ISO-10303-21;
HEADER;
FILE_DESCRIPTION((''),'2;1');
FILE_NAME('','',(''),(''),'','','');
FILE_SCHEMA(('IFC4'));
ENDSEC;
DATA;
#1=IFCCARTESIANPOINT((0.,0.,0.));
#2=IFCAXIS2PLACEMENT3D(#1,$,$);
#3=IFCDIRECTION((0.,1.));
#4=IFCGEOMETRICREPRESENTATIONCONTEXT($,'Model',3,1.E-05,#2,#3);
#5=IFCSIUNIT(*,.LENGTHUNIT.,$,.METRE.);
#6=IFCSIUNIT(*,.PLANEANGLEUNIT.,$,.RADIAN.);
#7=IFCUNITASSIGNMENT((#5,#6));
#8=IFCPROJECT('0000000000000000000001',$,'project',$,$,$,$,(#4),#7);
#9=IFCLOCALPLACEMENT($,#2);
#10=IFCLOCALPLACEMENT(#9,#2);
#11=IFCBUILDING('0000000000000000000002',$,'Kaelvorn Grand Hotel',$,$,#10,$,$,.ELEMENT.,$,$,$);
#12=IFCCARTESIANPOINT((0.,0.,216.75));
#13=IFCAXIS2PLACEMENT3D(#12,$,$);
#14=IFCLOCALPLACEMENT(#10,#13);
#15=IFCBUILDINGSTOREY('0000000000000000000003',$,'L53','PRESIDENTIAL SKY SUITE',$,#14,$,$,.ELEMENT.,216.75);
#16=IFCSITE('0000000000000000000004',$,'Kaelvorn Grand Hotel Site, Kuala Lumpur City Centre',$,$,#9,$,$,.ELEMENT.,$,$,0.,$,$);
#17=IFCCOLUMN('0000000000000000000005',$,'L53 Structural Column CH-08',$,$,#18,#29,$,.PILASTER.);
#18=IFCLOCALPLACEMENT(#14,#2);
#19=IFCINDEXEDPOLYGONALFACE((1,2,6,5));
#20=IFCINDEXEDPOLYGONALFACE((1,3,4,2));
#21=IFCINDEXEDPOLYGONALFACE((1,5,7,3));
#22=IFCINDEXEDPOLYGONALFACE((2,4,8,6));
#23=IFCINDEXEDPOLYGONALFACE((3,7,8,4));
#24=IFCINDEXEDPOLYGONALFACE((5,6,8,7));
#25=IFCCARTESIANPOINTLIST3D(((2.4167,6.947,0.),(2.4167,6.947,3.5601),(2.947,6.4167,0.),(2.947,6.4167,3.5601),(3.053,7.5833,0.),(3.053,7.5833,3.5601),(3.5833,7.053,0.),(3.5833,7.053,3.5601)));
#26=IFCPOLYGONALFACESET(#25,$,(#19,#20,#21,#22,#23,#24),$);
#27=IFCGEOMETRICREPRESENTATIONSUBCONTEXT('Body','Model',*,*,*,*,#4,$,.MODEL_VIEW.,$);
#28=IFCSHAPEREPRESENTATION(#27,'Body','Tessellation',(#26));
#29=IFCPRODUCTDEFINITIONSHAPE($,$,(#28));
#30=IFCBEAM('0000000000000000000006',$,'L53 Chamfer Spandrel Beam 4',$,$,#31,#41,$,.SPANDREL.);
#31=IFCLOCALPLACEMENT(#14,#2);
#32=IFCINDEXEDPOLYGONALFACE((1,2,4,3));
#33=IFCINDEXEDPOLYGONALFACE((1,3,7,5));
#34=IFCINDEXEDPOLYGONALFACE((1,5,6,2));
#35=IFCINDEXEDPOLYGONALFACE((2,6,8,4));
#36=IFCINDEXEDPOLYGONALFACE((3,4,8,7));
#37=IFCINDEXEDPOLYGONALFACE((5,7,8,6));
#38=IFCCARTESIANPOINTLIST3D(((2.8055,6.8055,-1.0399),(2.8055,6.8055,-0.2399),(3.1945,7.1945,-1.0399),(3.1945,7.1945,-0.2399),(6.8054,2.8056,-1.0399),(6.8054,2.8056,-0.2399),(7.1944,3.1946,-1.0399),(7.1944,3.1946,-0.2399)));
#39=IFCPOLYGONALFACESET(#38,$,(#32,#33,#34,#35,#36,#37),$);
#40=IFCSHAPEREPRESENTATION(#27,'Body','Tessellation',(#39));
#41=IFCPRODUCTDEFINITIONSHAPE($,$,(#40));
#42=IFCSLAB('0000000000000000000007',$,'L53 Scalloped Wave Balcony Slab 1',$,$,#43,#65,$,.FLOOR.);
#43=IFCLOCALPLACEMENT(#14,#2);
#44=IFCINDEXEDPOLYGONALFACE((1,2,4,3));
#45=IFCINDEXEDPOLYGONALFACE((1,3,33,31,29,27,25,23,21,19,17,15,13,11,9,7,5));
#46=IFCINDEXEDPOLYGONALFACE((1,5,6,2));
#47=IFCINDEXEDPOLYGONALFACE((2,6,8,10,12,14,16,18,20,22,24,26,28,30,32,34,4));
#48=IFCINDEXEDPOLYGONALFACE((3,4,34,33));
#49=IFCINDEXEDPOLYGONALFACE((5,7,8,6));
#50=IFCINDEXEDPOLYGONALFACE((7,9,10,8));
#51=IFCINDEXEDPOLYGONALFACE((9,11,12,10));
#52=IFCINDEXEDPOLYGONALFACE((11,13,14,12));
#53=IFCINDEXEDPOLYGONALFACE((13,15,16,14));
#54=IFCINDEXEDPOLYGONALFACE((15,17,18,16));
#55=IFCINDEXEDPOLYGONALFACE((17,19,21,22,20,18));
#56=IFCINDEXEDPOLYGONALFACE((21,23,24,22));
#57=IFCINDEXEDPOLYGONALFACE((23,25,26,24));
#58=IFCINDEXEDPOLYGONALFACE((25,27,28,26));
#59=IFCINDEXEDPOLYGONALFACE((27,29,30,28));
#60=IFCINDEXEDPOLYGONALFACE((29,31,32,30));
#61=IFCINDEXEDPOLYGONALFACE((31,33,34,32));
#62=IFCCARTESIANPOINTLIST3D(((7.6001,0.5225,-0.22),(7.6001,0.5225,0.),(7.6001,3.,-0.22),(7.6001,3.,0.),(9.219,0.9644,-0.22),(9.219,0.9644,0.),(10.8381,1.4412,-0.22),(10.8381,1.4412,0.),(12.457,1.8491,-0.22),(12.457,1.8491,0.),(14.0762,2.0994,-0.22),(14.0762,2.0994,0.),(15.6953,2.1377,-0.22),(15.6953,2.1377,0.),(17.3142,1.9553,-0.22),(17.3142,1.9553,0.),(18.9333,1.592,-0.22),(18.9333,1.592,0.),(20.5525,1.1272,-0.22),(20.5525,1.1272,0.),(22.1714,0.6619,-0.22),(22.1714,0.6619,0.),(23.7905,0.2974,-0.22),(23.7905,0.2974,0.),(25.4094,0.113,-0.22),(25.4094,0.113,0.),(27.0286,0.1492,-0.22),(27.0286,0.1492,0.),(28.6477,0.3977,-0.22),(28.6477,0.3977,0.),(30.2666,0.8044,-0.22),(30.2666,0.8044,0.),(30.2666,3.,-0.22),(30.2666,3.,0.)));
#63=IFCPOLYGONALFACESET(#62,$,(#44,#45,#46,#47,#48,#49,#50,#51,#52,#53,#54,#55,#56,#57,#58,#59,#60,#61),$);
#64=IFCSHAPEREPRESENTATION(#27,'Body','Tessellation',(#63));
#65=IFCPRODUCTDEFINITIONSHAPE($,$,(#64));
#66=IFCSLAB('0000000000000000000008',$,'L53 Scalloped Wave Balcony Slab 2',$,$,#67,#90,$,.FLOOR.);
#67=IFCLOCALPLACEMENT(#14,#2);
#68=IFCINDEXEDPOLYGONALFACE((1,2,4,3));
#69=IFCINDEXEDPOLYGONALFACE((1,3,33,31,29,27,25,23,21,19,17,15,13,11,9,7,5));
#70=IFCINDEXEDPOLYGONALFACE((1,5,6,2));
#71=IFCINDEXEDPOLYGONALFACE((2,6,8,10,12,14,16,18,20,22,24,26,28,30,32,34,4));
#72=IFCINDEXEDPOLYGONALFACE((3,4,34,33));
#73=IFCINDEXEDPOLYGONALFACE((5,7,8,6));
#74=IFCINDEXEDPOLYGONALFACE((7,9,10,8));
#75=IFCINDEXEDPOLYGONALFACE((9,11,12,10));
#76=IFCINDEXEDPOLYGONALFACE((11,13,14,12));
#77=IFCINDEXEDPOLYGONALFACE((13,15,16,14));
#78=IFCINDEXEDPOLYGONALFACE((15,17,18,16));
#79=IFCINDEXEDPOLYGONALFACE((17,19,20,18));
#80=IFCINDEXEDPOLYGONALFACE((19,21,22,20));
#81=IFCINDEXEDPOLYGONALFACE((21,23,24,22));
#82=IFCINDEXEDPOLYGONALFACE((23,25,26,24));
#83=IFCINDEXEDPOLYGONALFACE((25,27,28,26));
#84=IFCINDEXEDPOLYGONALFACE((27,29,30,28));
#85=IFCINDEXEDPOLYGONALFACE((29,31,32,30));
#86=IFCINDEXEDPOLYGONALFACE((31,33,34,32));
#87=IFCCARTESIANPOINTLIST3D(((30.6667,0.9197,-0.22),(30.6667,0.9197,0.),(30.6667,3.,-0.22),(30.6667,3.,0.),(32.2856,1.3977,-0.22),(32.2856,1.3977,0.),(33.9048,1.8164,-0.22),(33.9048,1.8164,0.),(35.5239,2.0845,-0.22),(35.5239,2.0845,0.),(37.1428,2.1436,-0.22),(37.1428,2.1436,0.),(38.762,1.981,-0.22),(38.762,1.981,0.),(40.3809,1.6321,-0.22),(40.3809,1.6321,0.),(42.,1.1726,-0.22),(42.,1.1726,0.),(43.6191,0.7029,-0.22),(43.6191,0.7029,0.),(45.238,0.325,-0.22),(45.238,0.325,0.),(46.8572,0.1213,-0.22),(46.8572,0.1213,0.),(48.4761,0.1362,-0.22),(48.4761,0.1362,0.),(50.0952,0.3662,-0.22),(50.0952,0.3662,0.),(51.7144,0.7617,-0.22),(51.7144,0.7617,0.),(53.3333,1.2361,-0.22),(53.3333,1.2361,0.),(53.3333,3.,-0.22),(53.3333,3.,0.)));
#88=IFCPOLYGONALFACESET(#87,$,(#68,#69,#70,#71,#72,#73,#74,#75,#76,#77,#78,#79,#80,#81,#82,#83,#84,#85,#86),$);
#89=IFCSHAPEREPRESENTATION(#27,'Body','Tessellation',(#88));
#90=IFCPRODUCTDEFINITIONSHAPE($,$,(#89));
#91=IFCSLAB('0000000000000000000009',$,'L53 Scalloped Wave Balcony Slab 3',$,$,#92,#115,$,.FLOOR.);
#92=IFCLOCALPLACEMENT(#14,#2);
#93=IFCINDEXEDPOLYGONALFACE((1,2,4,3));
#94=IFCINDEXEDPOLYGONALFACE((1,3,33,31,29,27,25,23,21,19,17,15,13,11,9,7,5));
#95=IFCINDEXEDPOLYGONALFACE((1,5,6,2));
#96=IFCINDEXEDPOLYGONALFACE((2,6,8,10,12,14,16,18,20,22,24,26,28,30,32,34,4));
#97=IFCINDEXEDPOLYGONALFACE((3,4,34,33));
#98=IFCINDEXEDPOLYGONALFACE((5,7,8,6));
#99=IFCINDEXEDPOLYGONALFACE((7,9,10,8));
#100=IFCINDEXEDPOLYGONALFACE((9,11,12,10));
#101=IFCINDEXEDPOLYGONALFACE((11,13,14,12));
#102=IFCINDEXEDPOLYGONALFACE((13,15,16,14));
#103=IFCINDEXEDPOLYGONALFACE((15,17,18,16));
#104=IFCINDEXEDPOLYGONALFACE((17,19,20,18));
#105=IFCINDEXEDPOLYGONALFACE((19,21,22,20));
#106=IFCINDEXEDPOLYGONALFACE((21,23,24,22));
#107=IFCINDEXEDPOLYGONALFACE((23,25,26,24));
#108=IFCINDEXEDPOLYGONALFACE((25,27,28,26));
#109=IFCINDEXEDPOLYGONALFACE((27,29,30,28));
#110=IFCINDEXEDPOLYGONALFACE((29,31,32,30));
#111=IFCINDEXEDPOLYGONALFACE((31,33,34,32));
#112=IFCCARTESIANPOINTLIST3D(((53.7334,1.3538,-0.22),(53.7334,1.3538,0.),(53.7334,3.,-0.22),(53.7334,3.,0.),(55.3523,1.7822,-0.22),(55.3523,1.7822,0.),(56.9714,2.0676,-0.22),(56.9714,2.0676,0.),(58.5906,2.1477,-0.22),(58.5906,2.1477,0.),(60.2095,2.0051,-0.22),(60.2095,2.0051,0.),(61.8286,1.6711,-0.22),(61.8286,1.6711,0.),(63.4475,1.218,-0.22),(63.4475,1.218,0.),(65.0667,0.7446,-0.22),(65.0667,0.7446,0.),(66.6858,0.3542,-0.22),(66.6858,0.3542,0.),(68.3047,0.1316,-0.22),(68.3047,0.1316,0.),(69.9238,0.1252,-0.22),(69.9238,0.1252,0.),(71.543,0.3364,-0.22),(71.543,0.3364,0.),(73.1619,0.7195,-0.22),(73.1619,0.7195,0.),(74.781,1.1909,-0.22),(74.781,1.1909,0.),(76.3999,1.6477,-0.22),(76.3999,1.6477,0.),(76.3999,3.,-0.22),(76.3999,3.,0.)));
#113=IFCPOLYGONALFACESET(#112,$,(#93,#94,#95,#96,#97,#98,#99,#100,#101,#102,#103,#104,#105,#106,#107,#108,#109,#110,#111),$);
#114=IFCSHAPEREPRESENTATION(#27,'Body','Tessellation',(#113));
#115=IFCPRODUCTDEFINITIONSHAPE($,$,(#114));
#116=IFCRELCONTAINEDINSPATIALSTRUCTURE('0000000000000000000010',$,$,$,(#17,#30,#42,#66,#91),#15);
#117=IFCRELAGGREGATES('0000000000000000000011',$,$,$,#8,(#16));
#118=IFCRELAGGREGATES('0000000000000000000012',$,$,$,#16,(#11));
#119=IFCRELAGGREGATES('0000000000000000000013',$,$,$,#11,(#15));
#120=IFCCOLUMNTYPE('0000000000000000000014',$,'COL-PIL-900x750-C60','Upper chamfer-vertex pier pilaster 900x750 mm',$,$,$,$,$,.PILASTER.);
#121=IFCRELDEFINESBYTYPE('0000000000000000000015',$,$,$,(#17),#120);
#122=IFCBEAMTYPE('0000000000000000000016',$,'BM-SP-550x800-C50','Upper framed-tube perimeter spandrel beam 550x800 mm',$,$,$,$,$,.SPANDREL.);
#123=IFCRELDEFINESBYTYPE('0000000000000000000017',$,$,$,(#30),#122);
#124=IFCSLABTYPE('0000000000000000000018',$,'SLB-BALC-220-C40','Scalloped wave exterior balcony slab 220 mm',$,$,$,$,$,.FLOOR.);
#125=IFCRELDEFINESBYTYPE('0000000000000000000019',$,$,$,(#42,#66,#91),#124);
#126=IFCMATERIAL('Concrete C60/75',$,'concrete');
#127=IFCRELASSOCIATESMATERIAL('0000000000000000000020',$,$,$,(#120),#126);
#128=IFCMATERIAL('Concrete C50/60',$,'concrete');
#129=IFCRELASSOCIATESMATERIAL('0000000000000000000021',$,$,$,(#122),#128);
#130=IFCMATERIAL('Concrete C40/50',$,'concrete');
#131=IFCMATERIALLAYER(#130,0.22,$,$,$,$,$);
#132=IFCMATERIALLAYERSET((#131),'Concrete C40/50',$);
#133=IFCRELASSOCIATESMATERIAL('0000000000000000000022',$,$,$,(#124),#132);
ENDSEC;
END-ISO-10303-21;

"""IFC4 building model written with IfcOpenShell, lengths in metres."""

from ifc_helpers import new_model, si_unit, direction, frame, origin, origin_2d, place, context, subcontext, project, spatial, polyline, rectangle, outline, extrude, material, layer, layer_set, material_profile, profile_set, type_object, element, save


model = new_model("IFC4")

# Units and contexts
model_context = context("Model", 3, precision=1e-05, world=origin(), true_north=direction((0.0, 1.0)))
body_context = subcontext(model_context, "Body", "Model", "MODEL_VIEW")
ifc_project = project(units=[si_unit("LENGTHUNIT", "METRE"), si_unit("PLANEANGLEUNIT", "RADIAN")], contexts=[model_context])

# Site, building, storey
site_placement = place(None, origin())
site = spatial("IfcSite", under=ifc_project, at=site_placement, Name="Kaelvorn Grand Hotel Site, Kuala Lumpur City Centre", CompositionType="ELEMENT", RefElevation=0.0)
building_placement = place(site_placement, origin())
building = spatial("IfcBuilding", under=site, at=building_placement, Name="Kaelvorn Grand Hotel", CompositionType="ELEMENT")
storey_placement = place(building_placement, frame((0.0, 0.0, 216.75)))
storey = spatial("IfcBuildingStorey", under=building, at=storey_placement, Name="L53", Description="PRESIDENTIAL SKY SUITE", CompositionType="ELEMENT", Elevation=216.75)

# Column
ifc_material_1 = material(Name="Concrete C60/75", Category="concrete")
ifc_material_profile_1 = material_profile(ifc_material_1, rectangle(XDim=0.8999, YDim=0.75, at=origin_2d()), Name="RC PILASTER 900x750")
ifc_profile_set_1 = profile_set([ifc_material_profile_1], Name="Concrete C60/75")
column_type = type_object("IfcColumnType", Name="COL-PIL-900x750-C60", Description="Upper chamfer-vertex pier pilaster 900x750 mm", PredefinedType="PILASTER", material=ifc_profile_set_1)
column_placement = place(storey_placement, frame((3.0, 7.0, 0.0), z_axis=(0.0, 0.0, 1.0), x_axis=(0.707107, 0.707107, 0.0)))
element("IfcColumn", 1, at=column_placement, inside=storey, type_object=column_type, Name="L53 Structural Column CH-08", PredefinedType="PILASTER", context=body_context, shape_type="SweptSolid", body=[
    extrude(rectangle(XDim=0.8999, YDim=0.75, at=origin_2d()), origin(), (0.0, 0.0, 1.0), 3.5601),
])

# Beam
ifc_material_2 = material(Name="Concrete C50/60", Category="concrete")
ifc_material_profile_2 = material_profile(ifc_material_2, rectangle(XDim=0.55, YDim=0.8, at=origin_2d()), Name="RC SPANDREL 550x800")
ifc_profile_set_2 = profile_set([ifc_material_profile_2], Name="Concrete C50/60")
beam_type = type_object("IfcBeamType", Name="BM-SP-550x800-C50", Description="Upper framed-tube perimeter spandrel beam 550x800 mm", PredefinedType="SPANDREL", material=ifc_profile_set_2)
beam_placement = place(storey_placement, frame((3.0, 7.0, -0.6399), z_axis=(0.707107, -0.707107, 0.0), x_axis=(0.707107, 0.707107, 0.0)))
element("IfcBeam", 2, at=beam_placement, inside=storey, type_object=beam_type, Name="L53 Chamfer Spandrel Beam 4", PredefinedType="SPANDREL", context=body_context, shape_type="SweptSolid", body=[
    extrude(rectangle(XDim=0.55, YDim=0.8, at=origin_2d()), origin(), (0.0, 0.0, 1.0), 5.6567),
])

# Slabs
ifc_material_3 = material(Name="Concrete C40/50", Category="concrete")
ifc_layer_1 = layer(ifc_material_3, 0.22)
ifc_layer_set_1 = layer_set([ifc_layer_1], Name="Concrete C40/50")
slab_type_1 = type_object("IfcSlabType", Name="SLB-BALC-220-C40", Description="Scalloped wave exterior balcony slab 220 mm", PredefinedType="FLOOR", material=ifc_layer_set_1)
slab_1_placement = place(storey_placement, frame((0.0, 0.0, -0.22)))
element("IfcSlab", 3, at=slab_1_placement, inside=storey, type_object=slab_type_1, Name="L53 Scalloped Wave Balcony Slab 1", PredefinedType="FLOOR", context=body_context, shape_type="SweptSolid", body=[
    extrude(outline(polyline([(7.6001, 0.5225), (9.219, 0.9644), (10.8381, 1.4412), (12.457, 1.8491), (14.0762, 2.0994), (15.6953, 2.1377), (17.3142, 1.9553), (18.9333, 1.592), (20.5525, 1.1272), (22.1714, 0.6619), (23.7905, 0.2974), (25.4094, 0.113), (27.0286, 0.1492), (28.6477, 0.3977), (30.2666, 0.8044), (30.2666, 3.0), (7.6001, 3.0), (7.6001, 0.5225)])), origin(), (0.0, 0.0, 1.0), 0.22),
])
slab_2_placement = place(storey_placement, frame((0.0, 0.0, -0.22)))
element("IfcSlab", 4, at=slab_2_placement, inside=storey, type_object=slab_type_1, Name="L53 Scalloped Wave Balcony Slab 2", PredefinedType="FLOOR", context=body_context, shape_type="SweptSolid", body=[
    extrude(outline(polyline([(30.6667, 0.9197), (32.2856, 1.3977), (33.9048, 1.8164), (35.5239, 2.0845), (37.1428, 2.1436), (38.762, 1.981), (40.3809, 1.6321), (42.0, 1.1726), (43.6191, 0.7029), (45.238, 0.325), (46.8572, 0.1213), (48.4761, 0.1362), (50.0952, 0.3662), (51.7144, 0.7617), (53.3333, 1.2361), (53.3333, 3.0), (30.6667, 3.0), (30.6667, 0.9197)])), origin(), (0.0, 0.0, 1.0), 0.22),
])
slab_3_placement = place(storey_placement, frame((0.0, 0.0, -0.22)))
element("IfcSlab", 5, at=slab_3_placement, inside=storey, type_object=slab_type_1, Name="L53 Scalloped Wave Balcony Slab 3", PredefinedType="FLOOR", context=body_context, shape_type="SweptSolid", body=[
    extrude(outline(polyline([(53.7334, 1.3538), (55.3523, 1.7822), (56.9714, 2.0676), (58.5906, 2.1477), (60.2095, 2.0051), (61.8286, 1.6711), (63.4475, 1.218), (65.0667, 0.7446), (66.6858, 0.3542), (68.3047, 0.1316), (69.9238, 0.1252), (71.543, 0.3364), (73.1619, 0.7195), (74.781, 1.1909), (76.3999, 1.6477), (76.3999, 3.0), (53.7334, 3.0), (53.7334, 1.3538)])), origin(), (0.0, 0.0, 1.0), 0.22),
])

save(model, "model.ifc")
